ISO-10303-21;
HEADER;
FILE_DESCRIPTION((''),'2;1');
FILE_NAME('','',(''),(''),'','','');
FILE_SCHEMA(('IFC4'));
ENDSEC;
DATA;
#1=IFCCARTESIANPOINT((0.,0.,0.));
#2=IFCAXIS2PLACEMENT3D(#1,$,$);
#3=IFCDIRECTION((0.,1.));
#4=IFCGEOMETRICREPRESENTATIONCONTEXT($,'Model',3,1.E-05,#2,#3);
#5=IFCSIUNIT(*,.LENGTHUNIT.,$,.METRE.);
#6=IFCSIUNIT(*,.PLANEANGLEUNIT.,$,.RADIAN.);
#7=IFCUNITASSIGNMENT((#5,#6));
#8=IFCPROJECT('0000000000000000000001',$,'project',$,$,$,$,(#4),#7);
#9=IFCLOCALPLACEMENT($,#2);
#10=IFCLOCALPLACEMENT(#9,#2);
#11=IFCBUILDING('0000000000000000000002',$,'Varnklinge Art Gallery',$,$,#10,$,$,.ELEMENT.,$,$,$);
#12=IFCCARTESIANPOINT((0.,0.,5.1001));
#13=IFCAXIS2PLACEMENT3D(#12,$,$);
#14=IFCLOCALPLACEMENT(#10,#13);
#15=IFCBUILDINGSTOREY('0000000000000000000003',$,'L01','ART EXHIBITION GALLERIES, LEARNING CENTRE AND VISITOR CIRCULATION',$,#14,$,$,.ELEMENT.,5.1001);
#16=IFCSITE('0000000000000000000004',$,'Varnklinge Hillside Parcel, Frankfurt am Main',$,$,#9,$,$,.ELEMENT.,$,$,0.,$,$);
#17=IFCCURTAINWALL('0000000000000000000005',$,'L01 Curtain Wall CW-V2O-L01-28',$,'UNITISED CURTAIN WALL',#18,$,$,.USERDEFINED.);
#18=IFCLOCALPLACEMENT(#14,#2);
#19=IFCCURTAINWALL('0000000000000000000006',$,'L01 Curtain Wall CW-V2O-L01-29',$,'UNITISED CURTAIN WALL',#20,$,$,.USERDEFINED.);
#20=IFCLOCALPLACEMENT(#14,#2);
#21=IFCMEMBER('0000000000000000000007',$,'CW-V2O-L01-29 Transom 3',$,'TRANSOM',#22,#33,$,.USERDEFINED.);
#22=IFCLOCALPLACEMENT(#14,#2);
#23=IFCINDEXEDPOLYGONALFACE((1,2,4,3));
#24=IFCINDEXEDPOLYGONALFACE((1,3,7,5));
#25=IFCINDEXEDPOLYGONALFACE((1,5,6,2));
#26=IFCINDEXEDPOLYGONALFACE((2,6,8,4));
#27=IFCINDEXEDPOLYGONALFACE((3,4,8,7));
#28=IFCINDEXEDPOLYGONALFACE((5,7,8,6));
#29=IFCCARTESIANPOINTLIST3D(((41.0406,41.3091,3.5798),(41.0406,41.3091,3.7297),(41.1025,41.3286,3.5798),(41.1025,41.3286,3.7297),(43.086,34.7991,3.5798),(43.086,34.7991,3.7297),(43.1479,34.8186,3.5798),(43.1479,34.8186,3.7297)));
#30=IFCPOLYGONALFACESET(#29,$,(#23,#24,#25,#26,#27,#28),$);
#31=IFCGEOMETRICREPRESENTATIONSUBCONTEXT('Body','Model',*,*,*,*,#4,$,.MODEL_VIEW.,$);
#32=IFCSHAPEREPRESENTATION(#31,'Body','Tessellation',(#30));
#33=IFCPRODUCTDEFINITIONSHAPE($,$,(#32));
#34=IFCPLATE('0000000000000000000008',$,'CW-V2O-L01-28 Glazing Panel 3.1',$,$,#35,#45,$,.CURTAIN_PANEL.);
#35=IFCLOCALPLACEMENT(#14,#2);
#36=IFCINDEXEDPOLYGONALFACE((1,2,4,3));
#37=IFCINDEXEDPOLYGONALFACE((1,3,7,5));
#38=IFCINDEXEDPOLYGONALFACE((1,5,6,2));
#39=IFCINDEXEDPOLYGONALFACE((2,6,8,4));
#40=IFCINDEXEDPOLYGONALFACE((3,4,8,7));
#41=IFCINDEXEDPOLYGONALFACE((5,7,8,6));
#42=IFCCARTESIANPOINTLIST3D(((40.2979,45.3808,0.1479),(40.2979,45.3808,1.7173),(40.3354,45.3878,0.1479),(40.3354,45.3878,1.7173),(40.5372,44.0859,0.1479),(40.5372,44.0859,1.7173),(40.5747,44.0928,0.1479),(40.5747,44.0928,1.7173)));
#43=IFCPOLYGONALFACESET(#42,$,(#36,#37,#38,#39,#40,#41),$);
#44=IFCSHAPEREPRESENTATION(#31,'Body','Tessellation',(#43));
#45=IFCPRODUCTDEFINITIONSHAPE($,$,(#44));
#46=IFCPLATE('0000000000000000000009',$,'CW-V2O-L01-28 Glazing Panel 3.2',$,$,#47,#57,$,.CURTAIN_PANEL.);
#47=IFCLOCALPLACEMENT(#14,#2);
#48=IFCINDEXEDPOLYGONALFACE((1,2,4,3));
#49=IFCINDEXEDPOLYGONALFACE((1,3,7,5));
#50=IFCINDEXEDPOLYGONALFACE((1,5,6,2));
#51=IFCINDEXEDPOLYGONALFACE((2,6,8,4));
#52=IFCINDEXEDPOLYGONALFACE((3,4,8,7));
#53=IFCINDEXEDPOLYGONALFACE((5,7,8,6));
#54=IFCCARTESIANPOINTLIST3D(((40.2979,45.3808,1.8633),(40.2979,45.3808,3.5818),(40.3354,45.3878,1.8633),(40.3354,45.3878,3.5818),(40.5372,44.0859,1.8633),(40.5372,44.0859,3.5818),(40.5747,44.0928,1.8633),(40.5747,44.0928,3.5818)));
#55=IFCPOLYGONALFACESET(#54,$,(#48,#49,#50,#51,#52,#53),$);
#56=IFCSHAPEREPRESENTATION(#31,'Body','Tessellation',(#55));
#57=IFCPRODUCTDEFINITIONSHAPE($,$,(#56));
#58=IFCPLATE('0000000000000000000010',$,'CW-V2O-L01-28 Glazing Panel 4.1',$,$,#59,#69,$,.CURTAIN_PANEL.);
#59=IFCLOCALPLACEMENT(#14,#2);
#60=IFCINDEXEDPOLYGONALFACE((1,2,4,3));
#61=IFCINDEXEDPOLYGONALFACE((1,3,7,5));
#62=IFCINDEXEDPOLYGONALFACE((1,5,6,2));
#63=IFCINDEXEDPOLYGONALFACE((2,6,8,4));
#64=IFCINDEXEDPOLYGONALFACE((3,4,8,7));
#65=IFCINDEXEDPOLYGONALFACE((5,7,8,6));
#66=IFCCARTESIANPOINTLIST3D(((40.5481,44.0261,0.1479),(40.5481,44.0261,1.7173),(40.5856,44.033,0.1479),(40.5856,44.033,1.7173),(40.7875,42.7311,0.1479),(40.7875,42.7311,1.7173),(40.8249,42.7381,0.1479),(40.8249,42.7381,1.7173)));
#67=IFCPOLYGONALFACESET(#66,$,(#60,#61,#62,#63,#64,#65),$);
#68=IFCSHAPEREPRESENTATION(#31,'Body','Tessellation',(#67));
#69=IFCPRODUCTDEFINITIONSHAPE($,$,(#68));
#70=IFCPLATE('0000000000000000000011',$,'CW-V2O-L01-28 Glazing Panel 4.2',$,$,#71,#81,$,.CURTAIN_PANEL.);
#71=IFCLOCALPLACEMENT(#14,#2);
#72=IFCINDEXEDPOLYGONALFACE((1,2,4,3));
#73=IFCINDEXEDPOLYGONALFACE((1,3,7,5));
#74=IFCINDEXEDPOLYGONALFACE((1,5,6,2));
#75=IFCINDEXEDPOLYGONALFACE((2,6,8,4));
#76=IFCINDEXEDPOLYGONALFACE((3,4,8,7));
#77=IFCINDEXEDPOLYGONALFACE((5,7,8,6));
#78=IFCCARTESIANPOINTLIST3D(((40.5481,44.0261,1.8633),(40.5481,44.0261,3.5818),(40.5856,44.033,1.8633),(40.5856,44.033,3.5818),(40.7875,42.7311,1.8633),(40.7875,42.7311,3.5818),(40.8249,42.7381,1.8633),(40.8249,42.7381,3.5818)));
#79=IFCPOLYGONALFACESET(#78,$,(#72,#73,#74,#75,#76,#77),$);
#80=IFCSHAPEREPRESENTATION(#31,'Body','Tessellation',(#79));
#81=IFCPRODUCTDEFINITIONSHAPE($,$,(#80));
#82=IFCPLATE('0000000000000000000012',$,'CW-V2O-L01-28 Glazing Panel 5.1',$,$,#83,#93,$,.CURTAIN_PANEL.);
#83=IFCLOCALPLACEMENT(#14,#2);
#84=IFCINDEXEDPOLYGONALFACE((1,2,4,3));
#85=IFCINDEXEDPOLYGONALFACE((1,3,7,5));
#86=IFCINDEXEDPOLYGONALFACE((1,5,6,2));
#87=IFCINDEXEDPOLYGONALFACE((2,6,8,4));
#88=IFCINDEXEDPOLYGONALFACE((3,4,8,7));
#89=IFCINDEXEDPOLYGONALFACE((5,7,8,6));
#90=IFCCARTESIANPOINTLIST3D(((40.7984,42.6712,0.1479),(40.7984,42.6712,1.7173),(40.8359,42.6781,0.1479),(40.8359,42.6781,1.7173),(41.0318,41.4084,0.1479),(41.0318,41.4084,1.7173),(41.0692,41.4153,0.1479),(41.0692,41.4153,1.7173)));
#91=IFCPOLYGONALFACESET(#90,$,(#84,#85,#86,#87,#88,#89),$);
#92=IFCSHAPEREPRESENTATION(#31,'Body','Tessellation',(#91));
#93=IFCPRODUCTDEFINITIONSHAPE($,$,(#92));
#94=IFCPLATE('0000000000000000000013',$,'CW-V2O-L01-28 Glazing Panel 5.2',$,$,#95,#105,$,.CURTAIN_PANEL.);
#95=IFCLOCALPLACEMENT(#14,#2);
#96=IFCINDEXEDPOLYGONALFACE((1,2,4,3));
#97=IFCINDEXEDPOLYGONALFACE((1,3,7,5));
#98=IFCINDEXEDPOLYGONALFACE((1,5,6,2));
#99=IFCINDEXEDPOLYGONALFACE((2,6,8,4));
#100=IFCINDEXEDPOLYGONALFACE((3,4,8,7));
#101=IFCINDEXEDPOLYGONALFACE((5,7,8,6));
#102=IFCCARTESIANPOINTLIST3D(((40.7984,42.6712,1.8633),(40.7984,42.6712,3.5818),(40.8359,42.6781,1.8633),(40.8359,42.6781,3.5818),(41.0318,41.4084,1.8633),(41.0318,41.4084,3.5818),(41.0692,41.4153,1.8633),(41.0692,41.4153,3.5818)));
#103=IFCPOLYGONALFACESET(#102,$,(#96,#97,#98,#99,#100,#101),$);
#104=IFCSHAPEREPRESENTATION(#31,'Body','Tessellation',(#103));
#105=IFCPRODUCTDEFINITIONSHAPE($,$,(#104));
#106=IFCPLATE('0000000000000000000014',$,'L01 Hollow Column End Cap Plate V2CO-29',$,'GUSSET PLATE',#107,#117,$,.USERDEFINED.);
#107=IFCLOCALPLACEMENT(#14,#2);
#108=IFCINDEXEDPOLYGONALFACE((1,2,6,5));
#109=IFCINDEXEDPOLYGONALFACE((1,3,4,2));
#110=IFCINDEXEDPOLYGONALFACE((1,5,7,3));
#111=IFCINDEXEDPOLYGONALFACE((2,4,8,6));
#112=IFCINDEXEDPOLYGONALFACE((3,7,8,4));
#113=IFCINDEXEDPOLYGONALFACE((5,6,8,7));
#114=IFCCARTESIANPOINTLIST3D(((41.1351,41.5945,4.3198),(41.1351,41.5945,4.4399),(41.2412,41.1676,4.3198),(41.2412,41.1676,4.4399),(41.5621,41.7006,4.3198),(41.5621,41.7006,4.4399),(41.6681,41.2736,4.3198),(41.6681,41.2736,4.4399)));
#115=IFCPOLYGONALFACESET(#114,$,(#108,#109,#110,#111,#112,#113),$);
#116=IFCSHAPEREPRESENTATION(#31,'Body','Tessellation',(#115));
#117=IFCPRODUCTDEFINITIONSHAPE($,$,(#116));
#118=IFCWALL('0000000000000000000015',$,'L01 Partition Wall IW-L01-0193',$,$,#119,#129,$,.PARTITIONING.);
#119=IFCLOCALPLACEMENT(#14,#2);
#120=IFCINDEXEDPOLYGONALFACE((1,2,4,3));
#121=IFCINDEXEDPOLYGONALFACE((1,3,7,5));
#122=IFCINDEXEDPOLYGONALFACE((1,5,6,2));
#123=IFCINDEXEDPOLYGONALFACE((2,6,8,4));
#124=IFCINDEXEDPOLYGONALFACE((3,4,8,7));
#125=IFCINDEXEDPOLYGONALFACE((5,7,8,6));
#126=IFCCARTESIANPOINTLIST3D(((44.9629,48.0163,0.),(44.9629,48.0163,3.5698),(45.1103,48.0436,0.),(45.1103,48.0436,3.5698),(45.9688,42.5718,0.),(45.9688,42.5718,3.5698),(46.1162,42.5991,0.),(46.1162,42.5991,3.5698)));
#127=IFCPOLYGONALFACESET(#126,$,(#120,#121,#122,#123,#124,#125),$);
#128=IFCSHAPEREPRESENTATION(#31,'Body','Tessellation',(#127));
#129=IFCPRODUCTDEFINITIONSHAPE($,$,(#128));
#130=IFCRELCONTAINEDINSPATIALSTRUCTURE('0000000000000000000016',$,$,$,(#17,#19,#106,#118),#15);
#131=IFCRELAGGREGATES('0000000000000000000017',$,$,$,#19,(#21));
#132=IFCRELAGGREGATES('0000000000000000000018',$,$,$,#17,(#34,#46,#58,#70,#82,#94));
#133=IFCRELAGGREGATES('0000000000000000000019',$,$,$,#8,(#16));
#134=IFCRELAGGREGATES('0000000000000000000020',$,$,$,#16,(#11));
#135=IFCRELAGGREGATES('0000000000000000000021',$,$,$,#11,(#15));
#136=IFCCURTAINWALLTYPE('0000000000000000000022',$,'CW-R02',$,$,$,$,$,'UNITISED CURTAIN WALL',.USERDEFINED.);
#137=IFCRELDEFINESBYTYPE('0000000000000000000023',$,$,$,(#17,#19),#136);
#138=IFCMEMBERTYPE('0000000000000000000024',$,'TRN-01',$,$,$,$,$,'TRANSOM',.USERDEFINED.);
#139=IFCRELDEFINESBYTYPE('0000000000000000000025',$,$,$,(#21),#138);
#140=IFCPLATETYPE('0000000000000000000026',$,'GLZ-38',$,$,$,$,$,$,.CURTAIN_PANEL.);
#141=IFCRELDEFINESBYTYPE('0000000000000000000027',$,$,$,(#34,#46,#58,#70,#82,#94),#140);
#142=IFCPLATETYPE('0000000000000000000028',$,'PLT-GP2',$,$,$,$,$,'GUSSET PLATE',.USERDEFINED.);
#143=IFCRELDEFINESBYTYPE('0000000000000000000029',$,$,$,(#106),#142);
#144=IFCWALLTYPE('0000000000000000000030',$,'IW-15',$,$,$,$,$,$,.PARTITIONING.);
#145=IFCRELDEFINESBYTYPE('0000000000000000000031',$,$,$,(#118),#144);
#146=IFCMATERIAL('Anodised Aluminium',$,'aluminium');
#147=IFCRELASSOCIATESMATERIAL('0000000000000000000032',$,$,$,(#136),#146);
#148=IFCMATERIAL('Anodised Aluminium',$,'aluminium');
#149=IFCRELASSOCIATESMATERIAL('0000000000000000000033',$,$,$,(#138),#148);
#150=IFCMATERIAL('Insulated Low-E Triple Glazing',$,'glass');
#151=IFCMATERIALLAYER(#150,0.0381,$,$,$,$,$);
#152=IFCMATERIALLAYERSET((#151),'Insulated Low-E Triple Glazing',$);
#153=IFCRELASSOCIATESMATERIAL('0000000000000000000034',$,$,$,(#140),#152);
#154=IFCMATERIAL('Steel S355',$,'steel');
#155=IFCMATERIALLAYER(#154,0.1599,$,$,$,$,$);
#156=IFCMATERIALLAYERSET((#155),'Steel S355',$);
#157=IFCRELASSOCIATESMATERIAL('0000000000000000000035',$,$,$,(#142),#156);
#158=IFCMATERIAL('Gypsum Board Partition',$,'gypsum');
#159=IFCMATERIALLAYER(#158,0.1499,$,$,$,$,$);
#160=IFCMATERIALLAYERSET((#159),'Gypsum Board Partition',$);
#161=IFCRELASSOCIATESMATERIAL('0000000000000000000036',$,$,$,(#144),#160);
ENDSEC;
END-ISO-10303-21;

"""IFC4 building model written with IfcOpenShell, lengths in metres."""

from ifc_helpers import new_model, si_unit, direction, frame, frame_2d, origin, origin_2d, place, context, subcontext, project, spatial, rectangle, extrude, material, layer, layer_set, material_profile, profile_set, type_object, element, aggregate, save


model = new_model("IFC4")

# Units and contexts
model_context = context("Model", 3, precision=1e-05, world=origin(), true_north=direction((0.0, 1.0)))
body_context = subcontext(model_context, "Body", "Model", "MODEL_VIEW")
ifc_project = project(units=[si_unit("LENGTHUNIT", "METRE"), si_unit("PLANEANGLEUNIT", "RADIAN")], contexts=[model_context])

# Site, building, storey
site_placement = place(None, origin())
site = spatial("IfcSite", under=ifc_project, at=site_placement, Name="Varnklinge Hillside Parcel, Frankfurt am Main", CompositionType="ELEMENT", RefElevation=0.0)
building_placement = place(site_placement, origin())
building = spatial("IfcBuilding", under=site, at=building_placement, Name="Varnklinge Art Gallery", CompositionType="ELEMENT")
storey_placement = place(building_placement, frame((0.0, 0.0, 5.1001)))
storey = spatial("IfcBuildingStorey", under=building, at=storey_placement, Name="L01", Description="ART EXHIBITION GALLERIES, LEARNING CENTRE AND VISITOR CIRCULATION", CompositionType="ELEMENT", Elevation=5.1001)

# Curtain wall
ifc_material_1 = material(Name="Anodised Aluminium", Category="aluminium")
curtain_wall_type = type_object("IfcCurtainWallType", Name="CW-R02", ElementType="UNITISED CURTAIN WALL", PredefinedType="USERDEFINED", material=ifc_material_1)
curtain_wall_1_placement = place(storey_placement, origin())
curtain_wall_1 = element("IfcCurtainWall", 1, at=curtain_wall_1_placement, inside=storey, type_object=curtain_wall_type, Name="L01 Curtain Wall CW-V2O-L01-28", ObjectType="UNITISED CURTAIN WALL", PredefinedType="USERDEFINED")

# Curtain wall
curtain_wall_2_placement = place(storey_placement, origin())
curtain_wall_2 = element("IfcCurtainWall", 2, at=curtain_wall_2_placement, inside=storey, type_object=curtain_wall_type, Name="L01 Curtain Wall CW-V2O-L01-29", ObjectType="UNITISED CURTAIN WALL", PredefinedType="USERDEFINED")

# Member
ifc_material_2 = material(Name="Anodised Aluminium", Category="aluminium")
ifc_material_profile_1 = material_profile(ifc_material_2, rectangle(XDim=0.0649, YDim=0.1499, at=origin_2d()), Name="ALU 65x150")
ifc_profile_set_1 = profile_set([ifc_material_profile_1], Name="Anodised Aluminium")
member_type_1 = type_object("IfcMemberType", Name="TRN-01", ElementType="TRANSOM", PredefinedType="USERDEFINED", material=ifc_profile_set_1)
member_1_placement = place(storey_placement, frame((41.0715, 41.3188, 3.6548), z_axis=(0.299748, -0.954019, 0.0), x_axis=(0.954019, 0.299748, 0.0)))
member_1 = element("IfcMember", 3, at=member_1_placement, type_object=member_type_1, Name="CW-V2O-L01-29 Transom 3", ObjectType="TRANSOM", PredefinedType="USERDEFINED", context=body_context, shape_type="SweptSolid", body=[
    extrude(rectangle(XDim=0.0649, YDim=0.1499, at=origin_2d()), origin(), (0.0, 0.0, 1.0), 6.8237),
])
aggregate(curtain_wall_2, [member_1])

# Plates
ifc_material_3 = material(Name="Insulated Low-E Triple Glazing", Category="glass")
ifc_layer_1 = layer(ifc_material_3, 0.0381)
ifc_layer_set_1 = layer_set([ifc_layer_1], Name="Insulated Low-E Triple Glazing")
plate_type_1 = type_object("IfcPlateType", Name="GLZ-38", PredefinedType="CURTAIN_PANEL", material=ifc_layer_set_1)
plate_1_placement = place(storey_placement, frame((40.4363, 44.7368, 0.1479), z_axis=(0.0, 0.0, 1.0), x_axis=(0.181721, -0.98335, 0.0)))
plate_1 = element("IfcPlate", 4, at=plate_1_placement, type_object=plate_type_1, Name="CW-V2O-L01-28 Glazing Panel 3.1", PredefinedType="CURTAIN_PANEL", context=body_context, shape_type="SweptSolid", body=[
    extrude(rectangle(XDim=1.3169, YDim=0.0381, at=origin_2d()), origin(), (0.0, 0.0, 1.0), 1.5693),
])
plate_2_placement = place(storey_placement, frame((40.4363, 44.7368, 1.8633), z_axis=(0.0, 0.0, 1.0), x_axis=(0.181721, -0.98335, 0.0)))
plate_2 = element("IfcPlate", 5, at=plate_2_placement, type_object=plate_type_1, Name="CW-V2O-L01-28 Glazing Panel 3.2", PredefinedType="CURTAIN_PANEL", context=body_context, shape_type="SweptSolid", body=[
    extrude(rectangle(XDim=1.3169, YDim=0.0381, at=origin_2d()), origin(), (0.0, 0.0, 1.0), 1.7185),
])
plate_3_placement = place(storey_placement, frame((40.6865, 43.3821, 0.1479), z_axis=(0.0, 0.0, 1.0), x_axis=(0.181721, -0.98335, 0.0)))
plate_3 = element("IfcPlate", 6, at=plate_3_placement, type_object=plate_type_1, Name="CW-V2O-L01-28 Glazing Panel 4.1", PredefinedType="CURTAIN_PANEL", context=body_context, shape_type="SweptSolid", body=[
    extrude(rectangle(XDim=1.3169, YDim=0.0381, at=origin_2d()), origin(), (0.0, 0.0, 1.0), 1.5693),
])
plate_4_placement = place(storey_placement, frame((40.6865, 43.3821, 1.8633), z_axis=(0.0, 0.0, 1.0), x_axis=(0.181721, -0.98335, 0.0)))
plate_4 = element("IfcPlate", 7, at=plate_4_placement, type_object=plate_type_1, Name="CW-V2O-L01-28 Glazing Panel 4.2", PredefinedType="CURTAIN_PANEL", context=body_context, shape_type="SweptSolid", body=[
    extrude(rectangle(XDim=1.3169, YDim=0.0381, at=origin_2d()), origin(), (0.0, 0.0, 1.0), 1.7185),
])
plate_5_placement = place(storey_placement, frame((40.9338, 42.0432, 0.1479), z_axis=(0.0, 0.0, 1.0), x_axis=(0.181721, -0.98335, 0.0)))
plate_5 = element("IfcPlate", 8, at=plate_5_placement, type_object=plate_type_1, Name="CW-V2O-L01-28 Glazing Panel 5.1", PredefinedType="CURTAIN_PANEL", context=body_context, shape_type="SweptSolid", body=[
    extrude(rectangle(XDim=1.2842, YDim=0.0381, at=origin_2d()), origin(), (0.0, 0.0, 1.0), 1.5693),
])
plate_6_placement = place(storey_placement, frame((40.9338, 42.0432, 1.8633), z_axis=(0.0, 0.0, 1.0), x_axis=(0.181721, -0.98335, 0.0)))
plate_6 = element("IfcPlate", 9, at=plate_6_placement, type_object=plate_type_1, Name="CW-V2O-L01-28 Glazing Panel 5.2", PredefinedType="CURTAIN_PANEL", context=body_context, shape_type="SweptSolid", body=[
    extrude(rectangle(XDim=1.2842, YDim=0.0381, at=origin_2d()), origin(), (0.0, 0.0, 1.0), 1.7185),
])
aggregate(curtain_wall_1, [plate_1, plate_2, plate_3, plate_4, plate_5, plate_6])
ifc_material_4 = material(Name="Steel S355", Category="steel")
ifc_layer_2 = layer(ifc_material_4, 0.1599)
ifc_layer_set_2 = layer_set([ifc_layer_2], Name="Steel S355")
plate_type_2 = type_object("IfcPlateType", Name="PLT-GP2", ElementType="GUSSET PLATE", PredefinedType="USERDEFINED", material=ifc_layer_set_2)
plate_7_placement = place(storey_placement, frame((41.4016, 41.4341, 4.3198), z_axis=(0.0, 0.0, 1.0), x_axis=(0.970506, 0.241075, 0.0)))
element("IfcPlate", 10, at=plate_7_placement, inside=storey, type_object=plate_type_2, Name="L01 Hollow Column End Cap Plate V2CO-29", ObjectType="GUSSET PLATE", PredefinedType="USERDEFINED", context=body_context, shape_type="SweptSolid", body=[
    extrude(rectangle(XDim=0.4399, YDim=0.4399, at=origin_2d()), origin(), (0.0, 0.0, 1.0), 0.1201),
])

# Wall
ifc_material_5 = material(Name="Gypsum Board Partition", Category="gypsum")
ifc_layer_3 = layer(ifc_material_5, 0.1499)
ifc_layer_set_3 = layer_set([ifc_layer_3], Name="Gypsum Board Partition")
wall_type = type_object("IfcWallType", Name="IW-15", PredefinedType="PARTITIONING", material=ifc_layer_set_3)
wall_placement = place(storey_placement, frame((46.0425, 42.5854, 0.0), z_axis=(0.0, 0.0, 1.0), x_axis=(-0.181671, 0.983359, 0.0)))
element("IfcWall", 11, at=wall_placement, inside=storey, type_object=wall_type, Name="L01 Partition Wall IW-L01-0193", PredefinedType="PARTITIONING", context=body_context, shape_type="SweptSolid", body=[
    extrude(rectangle(XDim=5.5366, YDim=0.1499, at=frame_2d((2.7683, 0.0))), origin(), (0.0, 0.0, 1.0), 3.5698),
])

save(model, "model.ifc")
